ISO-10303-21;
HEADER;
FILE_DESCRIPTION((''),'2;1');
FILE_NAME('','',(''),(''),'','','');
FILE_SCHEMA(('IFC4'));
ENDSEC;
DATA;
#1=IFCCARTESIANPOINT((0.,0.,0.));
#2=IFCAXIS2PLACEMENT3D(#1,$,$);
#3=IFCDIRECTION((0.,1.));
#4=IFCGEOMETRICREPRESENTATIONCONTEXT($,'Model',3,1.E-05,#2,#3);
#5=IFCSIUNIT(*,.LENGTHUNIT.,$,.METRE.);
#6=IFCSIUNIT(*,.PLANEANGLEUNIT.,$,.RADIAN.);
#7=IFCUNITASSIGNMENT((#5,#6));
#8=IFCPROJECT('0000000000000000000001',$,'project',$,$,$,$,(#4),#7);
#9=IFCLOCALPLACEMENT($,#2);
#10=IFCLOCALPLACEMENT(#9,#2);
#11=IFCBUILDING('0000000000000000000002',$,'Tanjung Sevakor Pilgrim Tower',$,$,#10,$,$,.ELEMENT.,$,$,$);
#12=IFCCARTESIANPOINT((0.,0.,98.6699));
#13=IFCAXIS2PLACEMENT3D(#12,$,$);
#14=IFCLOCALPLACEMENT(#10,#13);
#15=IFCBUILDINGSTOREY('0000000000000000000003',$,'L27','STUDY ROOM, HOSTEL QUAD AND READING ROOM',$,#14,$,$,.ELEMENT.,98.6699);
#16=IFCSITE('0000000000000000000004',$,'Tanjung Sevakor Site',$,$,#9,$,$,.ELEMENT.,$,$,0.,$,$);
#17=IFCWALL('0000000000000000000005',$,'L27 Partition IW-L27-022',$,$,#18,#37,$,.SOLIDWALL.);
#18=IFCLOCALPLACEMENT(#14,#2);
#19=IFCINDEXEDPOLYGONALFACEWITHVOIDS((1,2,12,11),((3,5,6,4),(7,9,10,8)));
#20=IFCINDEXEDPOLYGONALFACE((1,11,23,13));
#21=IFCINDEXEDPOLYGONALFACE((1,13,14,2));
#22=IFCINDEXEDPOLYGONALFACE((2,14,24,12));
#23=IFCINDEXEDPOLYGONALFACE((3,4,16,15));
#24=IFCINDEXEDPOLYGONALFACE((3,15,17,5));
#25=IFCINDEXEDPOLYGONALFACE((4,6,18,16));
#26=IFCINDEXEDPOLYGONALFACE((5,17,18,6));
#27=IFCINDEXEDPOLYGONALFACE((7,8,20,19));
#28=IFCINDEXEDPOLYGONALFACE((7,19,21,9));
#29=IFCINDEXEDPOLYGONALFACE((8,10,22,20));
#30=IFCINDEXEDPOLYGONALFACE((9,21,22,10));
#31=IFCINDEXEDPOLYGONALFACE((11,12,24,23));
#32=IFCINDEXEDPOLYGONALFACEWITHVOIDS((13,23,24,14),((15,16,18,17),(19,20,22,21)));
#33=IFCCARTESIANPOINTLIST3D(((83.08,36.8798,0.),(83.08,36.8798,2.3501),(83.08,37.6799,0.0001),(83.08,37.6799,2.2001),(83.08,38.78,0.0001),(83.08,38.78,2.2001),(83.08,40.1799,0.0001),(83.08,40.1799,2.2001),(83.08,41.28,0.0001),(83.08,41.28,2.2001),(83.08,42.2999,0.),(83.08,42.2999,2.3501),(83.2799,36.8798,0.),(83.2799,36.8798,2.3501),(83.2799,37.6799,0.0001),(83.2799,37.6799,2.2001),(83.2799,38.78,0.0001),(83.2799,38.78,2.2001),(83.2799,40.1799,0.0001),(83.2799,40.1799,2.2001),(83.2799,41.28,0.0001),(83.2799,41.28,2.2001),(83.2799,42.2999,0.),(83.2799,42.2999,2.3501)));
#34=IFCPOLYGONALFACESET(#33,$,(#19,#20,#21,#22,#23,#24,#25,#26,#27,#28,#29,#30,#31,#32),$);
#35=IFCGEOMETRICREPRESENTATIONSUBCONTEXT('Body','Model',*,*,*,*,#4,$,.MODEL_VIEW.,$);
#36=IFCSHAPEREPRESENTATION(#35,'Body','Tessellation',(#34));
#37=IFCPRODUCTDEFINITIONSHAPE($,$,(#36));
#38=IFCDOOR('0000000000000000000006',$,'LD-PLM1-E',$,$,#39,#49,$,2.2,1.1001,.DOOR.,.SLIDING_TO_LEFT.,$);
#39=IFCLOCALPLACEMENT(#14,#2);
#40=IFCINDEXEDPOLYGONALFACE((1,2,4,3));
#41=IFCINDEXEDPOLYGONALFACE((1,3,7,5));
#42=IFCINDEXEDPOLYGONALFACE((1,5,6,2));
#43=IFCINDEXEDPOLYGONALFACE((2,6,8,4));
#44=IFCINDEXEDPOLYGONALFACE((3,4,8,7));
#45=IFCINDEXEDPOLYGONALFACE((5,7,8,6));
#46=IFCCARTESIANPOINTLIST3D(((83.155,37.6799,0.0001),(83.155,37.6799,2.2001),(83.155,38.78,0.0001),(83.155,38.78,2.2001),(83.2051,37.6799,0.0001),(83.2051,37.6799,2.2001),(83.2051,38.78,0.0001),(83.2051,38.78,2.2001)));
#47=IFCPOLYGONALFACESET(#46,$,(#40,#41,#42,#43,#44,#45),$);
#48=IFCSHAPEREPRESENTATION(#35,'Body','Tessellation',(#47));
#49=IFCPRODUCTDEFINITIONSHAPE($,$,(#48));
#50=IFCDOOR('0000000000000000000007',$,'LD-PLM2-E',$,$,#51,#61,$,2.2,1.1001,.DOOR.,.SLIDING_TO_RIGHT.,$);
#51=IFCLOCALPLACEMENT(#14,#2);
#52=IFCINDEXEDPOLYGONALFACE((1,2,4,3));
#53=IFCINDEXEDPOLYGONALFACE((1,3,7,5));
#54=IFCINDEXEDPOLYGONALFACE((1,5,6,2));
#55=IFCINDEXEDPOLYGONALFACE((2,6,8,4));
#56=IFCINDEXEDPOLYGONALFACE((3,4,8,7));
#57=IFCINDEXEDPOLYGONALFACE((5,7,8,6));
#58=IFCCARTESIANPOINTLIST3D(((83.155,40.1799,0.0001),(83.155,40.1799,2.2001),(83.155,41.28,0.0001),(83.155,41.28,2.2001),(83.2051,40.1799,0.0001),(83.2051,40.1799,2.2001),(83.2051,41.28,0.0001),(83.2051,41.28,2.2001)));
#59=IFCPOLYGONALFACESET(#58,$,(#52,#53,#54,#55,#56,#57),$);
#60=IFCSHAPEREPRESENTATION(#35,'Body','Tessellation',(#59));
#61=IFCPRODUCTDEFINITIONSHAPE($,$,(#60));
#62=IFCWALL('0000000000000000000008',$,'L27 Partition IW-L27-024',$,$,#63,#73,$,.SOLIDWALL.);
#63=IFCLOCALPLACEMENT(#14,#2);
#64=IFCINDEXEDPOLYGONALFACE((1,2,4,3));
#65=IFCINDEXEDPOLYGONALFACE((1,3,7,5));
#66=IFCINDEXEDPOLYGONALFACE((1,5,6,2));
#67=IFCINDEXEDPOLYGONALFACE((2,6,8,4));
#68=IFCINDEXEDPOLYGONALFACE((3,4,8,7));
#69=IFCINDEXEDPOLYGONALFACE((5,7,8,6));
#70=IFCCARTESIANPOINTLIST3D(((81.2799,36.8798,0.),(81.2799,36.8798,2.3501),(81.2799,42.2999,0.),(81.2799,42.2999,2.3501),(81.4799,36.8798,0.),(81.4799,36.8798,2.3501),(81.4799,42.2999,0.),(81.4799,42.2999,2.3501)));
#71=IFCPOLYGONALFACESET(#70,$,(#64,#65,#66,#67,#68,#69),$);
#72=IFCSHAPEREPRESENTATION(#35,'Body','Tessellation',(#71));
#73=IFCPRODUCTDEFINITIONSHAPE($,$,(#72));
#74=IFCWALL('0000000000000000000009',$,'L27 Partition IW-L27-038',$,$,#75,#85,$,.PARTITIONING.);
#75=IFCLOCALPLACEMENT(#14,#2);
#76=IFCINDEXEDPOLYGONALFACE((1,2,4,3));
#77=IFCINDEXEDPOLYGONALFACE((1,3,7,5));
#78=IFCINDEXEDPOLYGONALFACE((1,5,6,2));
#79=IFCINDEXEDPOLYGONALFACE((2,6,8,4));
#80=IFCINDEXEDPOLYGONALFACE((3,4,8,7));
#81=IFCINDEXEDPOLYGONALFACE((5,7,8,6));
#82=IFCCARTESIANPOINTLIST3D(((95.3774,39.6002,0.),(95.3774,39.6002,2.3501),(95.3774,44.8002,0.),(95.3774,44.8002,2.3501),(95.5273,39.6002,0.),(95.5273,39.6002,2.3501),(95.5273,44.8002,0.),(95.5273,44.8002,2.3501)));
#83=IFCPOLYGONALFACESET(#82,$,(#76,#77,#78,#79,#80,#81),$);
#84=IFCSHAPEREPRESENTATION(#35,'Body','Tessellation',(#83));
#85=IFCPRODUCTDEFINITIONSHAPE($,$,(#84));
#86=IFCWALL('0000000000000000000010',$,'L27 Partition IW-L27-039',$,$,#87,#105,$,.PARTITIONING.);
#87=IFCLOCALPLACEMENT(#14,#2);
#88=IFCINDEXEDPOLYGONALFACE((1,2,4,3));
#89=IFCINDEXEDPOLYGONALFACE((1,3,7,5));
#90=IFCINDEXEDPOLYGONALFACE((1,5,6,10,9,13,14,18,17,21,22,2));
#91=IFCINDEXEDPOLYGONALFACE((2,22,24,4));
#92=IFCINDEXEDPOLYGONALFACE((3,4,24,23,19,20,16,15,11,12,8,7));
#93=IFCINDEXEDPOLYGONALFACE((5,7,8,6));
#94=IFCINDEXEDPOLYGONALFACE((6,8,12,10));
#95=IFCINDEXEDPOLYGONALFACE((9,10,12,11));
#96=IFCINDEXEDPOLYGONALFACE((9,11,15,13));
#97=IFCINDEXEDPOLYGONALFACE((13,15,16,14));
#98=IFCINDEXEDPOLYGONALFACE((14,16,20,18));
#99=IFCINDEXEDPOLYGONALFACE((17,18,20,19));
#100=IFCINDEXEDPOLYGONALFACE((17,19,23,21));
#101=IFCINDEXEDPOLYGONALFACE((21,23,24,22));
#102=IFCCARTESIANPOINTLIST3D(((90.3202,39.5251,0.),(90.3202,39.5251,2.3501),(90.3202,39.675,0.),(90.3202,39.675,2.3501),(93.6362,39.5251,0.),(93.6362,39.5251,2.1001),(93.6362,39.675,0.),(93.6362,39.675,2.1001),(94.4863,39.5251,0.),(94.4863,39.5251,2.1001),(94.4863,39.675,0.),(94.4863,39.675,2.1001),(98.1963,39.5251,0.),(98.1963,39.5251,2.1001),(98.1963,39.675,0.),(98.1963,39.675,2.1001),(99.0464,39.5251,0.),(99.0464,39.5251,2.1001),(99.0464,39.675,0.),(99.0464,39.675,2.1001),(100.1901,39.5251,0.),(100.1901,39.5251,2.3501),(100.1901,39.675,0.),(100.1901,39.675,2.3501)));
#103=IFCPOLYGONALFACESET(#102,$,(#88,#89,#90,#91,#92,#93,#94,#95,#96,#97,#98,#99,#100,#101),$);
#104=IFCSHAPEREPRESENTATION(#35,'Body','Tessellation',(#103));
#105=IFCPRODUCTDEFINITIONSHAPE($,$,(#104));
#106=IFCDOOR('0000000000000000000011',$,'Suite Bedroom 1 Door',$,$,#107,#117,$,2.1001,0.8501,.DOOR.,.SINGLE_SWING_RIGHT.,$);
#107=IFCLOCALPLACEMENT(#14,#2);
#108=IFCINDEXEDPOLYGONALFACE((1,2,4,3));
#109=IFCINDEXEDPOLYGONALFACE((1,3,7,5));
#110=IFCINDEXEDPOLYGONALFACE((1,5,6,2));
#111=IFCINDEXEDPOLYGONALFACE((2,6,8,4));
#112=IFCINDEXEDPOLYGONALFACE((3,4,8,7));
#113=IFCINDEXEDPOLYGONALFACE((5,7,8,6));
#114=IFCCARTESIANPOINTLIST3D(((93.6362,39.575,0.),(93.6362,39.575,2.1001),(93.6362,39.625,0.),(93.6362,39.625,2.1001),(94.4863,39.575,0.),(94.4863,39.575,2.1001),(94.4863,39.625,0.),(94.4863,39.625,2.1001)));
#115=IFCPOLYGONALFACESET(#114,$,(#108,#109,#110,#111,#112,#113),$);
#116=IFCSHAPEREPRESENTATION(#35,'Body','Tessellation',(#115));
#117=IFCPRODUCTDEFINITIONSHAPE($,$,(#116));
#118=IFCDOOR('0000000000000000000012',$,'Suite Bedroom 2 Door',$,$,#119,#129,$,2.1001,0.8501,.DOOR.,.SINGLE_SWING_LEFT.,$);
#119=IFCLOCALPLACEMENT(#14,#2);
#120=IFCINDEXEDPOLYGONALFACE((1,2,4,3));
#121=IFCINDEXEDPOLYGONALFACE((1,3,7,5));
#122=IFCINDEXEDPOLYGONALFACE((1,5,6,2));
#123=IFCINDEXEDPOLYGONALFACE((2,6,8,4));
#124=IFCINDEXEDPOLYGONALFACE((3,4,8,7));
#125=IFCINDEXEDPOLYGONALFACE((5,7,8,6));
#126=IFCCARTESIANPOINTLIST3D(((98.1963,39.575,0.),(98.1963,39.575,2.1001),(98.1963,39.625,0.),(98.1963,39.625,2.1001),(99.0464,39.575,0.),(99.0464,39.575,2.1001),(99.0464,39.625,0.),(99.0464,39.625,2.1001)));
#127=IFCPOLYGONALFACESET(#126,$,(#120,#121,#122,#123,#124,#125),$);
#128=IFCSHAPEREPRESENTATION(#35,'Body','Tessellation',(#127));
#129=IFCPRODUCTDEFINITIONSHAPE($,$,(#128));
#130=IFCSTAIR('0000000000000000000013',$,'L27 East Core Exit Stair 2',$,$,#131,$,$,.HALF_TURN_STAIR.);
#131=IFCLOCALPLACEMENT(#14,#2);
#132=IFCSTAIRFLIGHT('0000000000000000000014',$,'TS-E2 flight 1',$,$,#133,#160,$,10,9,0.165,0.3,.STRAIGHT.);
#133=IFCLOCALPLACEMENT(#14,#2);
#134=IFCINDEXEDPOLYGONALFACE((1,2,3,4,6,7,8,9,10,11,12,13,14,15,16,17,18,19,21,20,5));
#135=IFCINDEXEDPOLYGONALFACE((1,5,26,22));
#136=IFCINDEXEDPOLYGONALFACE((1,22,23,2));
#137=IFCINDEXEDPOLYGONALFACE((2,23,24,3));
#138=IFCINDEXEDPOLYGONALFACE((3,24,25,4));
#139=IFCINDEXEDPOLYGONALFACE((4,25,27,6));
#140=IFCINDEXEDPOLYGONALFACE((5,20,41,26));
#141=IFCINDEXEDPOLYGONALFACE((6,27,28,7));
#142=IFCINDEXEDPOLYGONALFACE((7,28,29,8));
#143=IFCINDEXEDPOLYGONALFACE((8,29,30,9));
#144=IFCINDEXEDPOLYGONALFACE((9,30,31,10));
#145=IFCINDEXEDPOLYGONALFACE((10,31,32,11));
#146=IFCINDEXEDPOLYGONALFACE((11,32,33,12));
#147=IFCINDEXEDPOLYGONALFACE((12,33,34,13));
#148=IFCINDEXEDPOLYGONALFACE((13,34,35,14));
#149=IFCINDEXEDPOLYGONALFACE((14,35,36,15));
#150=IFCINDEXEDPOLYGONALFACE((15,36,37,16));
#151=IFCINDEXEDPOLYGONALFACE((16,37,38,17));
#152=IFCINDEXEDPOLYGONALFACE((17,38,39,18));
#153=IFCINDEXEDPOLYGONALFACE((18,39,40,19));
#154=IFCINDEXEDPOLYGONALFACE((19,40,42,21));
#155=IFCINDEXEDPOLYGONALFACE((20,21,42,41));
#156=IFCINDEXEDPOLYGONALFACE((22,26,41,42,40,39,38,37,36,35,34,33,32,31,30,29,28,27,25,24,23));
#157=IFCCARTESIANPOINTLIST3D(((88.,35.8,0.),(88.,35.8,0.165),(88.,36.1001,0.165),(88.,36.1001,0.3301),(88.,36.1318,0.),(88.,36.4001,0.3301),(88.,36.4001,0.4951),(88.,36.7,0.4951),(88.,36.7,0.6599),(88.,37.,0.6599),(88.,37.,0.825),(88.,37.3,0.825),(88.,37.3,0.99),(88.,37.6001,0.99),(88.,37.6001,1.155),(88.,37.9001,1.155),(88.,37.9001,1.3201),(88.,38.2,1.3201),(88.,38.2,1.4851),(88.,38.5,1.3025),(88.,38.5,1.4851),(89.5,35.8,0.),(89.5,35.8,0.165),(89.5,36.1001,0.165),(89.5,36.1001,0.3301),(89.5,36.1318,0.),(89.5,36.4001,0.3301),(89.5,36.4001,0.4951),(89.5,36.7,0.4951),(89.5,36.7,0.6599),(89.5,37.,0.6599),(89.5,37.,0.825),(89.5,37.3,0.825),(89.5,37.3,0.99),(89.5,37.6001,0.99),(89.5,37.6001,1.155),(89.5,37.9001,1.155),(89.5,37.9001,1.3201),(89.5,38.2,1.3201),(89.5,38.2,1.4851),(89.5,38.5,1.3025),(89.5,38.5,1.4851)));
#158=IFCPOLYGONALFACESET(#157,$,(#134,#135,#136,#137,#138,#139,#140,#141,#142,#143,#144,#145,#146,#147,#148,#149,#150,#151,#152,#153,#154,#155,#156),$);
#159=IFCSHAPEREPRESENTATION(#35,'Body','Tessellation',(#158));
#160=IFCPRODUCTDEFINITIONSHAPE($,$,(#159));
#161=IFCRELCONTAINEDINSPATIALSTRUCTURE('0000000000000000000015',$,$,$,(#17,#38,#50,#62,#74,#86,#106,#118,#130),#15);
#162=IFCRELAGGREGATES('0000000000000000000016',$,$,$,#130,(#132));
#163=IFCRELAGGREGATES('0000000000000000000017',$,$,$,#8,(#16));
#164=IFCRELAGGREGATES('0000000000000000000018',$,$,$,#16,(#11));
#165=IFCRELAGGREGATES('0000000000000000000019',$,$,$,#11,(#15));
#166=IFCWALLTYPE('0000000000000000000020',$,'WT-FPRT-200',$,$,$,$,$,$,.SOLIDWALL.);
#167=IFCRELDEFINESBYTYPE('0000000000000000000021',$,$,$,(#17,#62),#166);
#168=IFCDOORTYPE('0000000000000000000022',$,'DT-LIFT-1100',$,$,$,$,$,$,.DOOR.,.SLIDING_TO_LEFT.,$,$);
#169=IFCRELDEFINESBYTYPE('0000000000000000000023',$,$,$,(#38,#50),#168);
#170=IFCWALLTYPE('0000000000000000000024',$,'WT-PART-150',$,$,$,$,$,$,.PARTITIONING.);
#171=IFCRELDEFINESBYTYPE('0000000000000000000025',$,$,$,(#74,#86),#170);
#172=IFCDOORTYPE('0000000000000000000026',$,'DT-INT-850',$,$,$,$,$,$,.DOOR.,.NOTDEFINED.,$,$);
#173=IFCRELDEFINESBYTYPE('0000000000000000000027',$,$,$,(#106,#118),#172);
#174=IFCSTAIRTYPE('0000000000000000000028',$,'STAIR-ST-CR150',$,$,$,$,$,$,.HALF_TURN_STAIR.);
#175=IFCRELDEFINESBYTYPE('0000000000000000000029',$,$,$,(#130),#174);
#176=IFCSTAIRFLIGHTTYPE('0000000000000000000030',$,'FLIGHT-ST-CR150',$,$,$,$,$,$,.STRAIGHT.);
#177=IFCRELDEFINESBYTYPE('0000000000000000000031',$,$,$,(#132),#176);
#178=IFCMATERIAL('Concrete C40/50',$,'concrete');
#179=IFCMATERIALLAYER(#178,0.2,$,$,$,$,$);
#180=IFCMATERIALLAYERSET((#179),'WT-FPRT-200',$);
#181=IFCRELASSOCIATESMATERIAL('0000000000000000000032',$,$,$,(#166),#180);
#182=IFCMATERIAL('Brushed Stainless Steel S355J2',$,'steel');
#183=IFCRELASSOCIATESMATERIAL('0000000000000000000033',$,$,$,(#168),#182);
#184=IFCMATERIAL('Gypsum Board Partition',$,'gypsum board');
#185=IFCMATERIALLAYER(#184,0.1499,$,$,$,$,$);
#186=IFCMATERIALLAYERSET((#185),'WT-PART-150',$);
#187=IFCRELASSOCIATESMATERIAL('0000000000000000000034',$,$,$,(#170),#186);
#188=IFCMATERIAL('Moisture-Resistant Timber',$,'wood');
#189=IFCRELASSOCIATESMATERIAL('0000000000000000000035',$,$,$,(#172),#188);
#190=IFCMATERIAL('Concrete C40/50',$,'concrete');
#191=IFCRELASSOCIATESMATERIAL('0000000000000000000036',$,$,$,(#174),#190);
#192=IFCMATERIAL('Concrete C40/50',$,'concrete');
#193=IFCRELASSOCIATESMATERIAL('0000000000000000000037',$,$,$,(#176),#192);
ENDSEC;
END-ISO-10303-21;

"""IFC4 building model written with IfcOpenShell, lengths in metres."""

from ifc_helpers import new_model, si_unit, direction, frame, frame_2d, origin, place, context, subcontext, project, spatial, polyline, rectangle, outline, extrude, material, layer, layer_set, type_object, element, fill, aggregate, save


model = new_model("IFC4")

# Units and contexts
model_context = context("Model", 3, precision=1e-05, world=origin(), true_north=direction((0.0, 1.0)))
body_context = subcontext(model_context, "Body", "Model", "MODEL_VIEW")
ifc_project = project(units=[si_unit("LENGTHUNIT", "METRE"), si_unit("PLANEANGLEUNIT", "RADIAN")], contexts=[model_context])

# Site, building, storey
site_placement = place(None, origin())
site = spatial("IfcSite", under=ifc_project, at=site_placement, Name="Tanjung Sevakor Site", CompositionType="ELEMENT", RefElevation=0.0)
building_placement = place(site_placement, origin())
building = spatial("IfcBuilding", under=site, at=building_placement, Name="Tanjung Sevakor Pilgrim Tower", CompositionType="ELEMENT")
storey_placement = place(building_placement, frame((0.0, 0.0, 98.6699)))
storey = spatial("IfcBuildingStorey", under=building, at=storey_placement, Name="L27", Description="STUDY ROOM, HOSTEL QUAD AND READING ROOM", CompositionType="ELEMENT", Elevation=98.6699)

# Shared definitions
ifc_material_1 = material(Name="Concrete C40/50", Category="concrete")
ifc_layer_1 = layer(ifc_material_1, 0.2)
ifc_layer_set_1 = layer_set([ifc_layer_1], Name="WT-FPRT-200")
wall_type_1 = type_object("IfcWallType", Name="WT-FPRT-200", PredefinedType="SOLIDWALL", material=ifc_layer_set_1)

# Wall, openings, doors
wall_1_placement = place(storey_placement, frame((83.1799, 36.8799, 0.0), z_axis=(0.0, 0.0, 1.0), x_axis=(0.0, 1.0, 0.0)))
wall_1 = element("IfcWall", 1, at=wall_1_placement, inside=storey, type_object=wall_type_1, Name="L27 Partition IW-L27-022", PredefinedType="SOLIDWALL", context=body_context, shape_type="SweptSolid", body=[
    extrude(rectangle(XDim=5.4202, YDim=0.2, at=frame_2d((2.71, 0.0))), origin(), (0.0, 0.0, 1.0), 2.3501),
])
opening_1_placement = place(wall_1_placement, frame((0.8, 0.0, 0.0)))
opening_1 = element("IfcOpeningElement", 2, at=opening_1_placement, cuts=wall_1, PredefinedType="OPENING", context=body_context, shape_type="SweptSolid", body=[
    extrude(rectangle(XDim=1.1001, YDim=2.2, at=frame_2d((0.55, 1.1001))), frame((0.0, 0.1099, 0.0), z_axis=(0.0, -1.0, 0.0), x_axis=(1.0, 0.0, 0.0)), (0.0, 0.0, 1.0), 0.22),
])
opening_2_placement = place(wall_1_placement, frame((3.3, 0.0, 0.0)))
opening_2 = element("IfcOpeningElement", 3, at=opening_2_placement, cuts=wall_1, PredefinedType="OPENING", context=body_context, shape_type="SweptSolid", body=[
    extrude(rectangle(XDim=1.1001, YDim=2.2, at=frame_2d((0.55, 1.1001))), frame((0.0, 0.1099, 0.0), z_axis=(0.0, -1.0, 0.0), x_axis=(1.0, 0.0, 0.0)), (0.0, 0.0, 1.0), 0.22),
])
ifc_material_2 = material(Name="Brushed Stainless Steel S355J2", Category="steel")
door_type_1 = type_object("IfcDoorType", Name="DT-LIFT-1100", OperationType="SLIDING_TO_LEFT", PredefinedType="DOOR", material=ifc_material_2)
door_1_placement = place(opening_1_placement, origin())
door_1 = element("IfcDoor", 4, at=door_1_placement, inside=storey, type_object=door_type_1, Name="LD-PLM1-E", OperationType="SLIDING_TO_LEFT", OverallHeight=2.2, OverallWidth=1.1001, PredefinedType="DOOR", context=body_context, shape_type="SweptSolid", body=[
    extrude(rectangle(XDim=1.1001, YDim=2.2, at=frame_2d((0.55, 1.1001))), frame((0.0, 0.0249, 0.0), z_axis=(0.0, -1.0, 0.0), x_axis=(1.0, 0.0, 0.0)), (0.0, 0.0, 1.0), 0.05),
])
fill(opening_1, door_1)
door_2_placement = place(opening_2_placement, origin())
door_2 = element("IfcDoor", 5, at=door_2_placement, inside=storey, type_object=door_type_1, Name="LD-PLM2-E", OperationType="SLIDING_TO_RIGHT", OverallHeight=2.2, OverallWidth=1.1001, PredefinedType="DOOR", context=body_context, shape_type="SweptSolid", body=[
    extrude(rectangle(XDim=1.1001, YDim=2.2, at=frame_2d((0.55, 1.1001))), frame((0.0, 0.0249, 0.0), z_axis=(0.0, -1.0, 0.0), x_axis=(1.0, 0.0, 0.0)), (0.0, 0.0, 1.0), 0.05),
])
fill(opening_2, door_2)

# Walls
wall_2_placement = place(storey_placement, frame((81.3799, 36.8799, 0.0), z_axis=(0.0, 0.0, 1.0), x_axis=(0.0, 1.0, 0.0)))
element("IfcWall", 6, at=wall_2_placement, inside=storey, type_object=wall_type_1, Name="L27 Partition IW-L27-024", PredefinedType="SOLIDWALL", context=body_context, shape_type="SweptSolid", body=[
    extrude(rectangle(XDim=5.4202, YDim=0.2, at=frame_2d((2.71, 0.0))), origin(), (0.0, 0.0, 1.0), 2.3501),
])
ifc_material_3 = material(Name="Gypsum Board Partition", Category="gypsum board")
ifc_layer_2 = layer(ifc_material_3, 0.1499)
ifc_layer_set_2 = layer_set([ifc_layer_2], Name="WT-PART-150")
wall_type_2 = type_object("IfcWallType", Name="WT-PART-150", PredefinedType="PARTITIONING", material=ifc_layer_set_2)
wall_3_placement = place(storey_placement, frame((95.4524, 39.6001, 0.0), z_axis=(0.0, 0.0, 1.0), x_axis=(0.0, 1.0, 0.0)))
element("IfcWall", 7, at=wall_3_placement, inside=storey, type_object=wall_type_2, Name="L27 Partition IW-L27-038", PredefinedType="PARTITIONING", context=body_context, shape_type="SweptSolid", body=[
    extrude(rectangle(XDim=5.2, YDim=0.1499, at=frame_2d((2.6001, 0.0))), origin(), (0.0, 0.0, 1.0), 2.3501),
])

# Wall, openings, doors
wall_4_placement = place(storey_placement, frame((90.3201, 39.6001, 0.0), z_axis=(0.0, 0.0, 1.0), x_axis=(1.0, 0.0, 0.0)))
wall_4 = element("IfcWall", 8, at=wall_4_placement, inside=storey, type_object=wall_type_2, Name="L27 Partition IW-L27-039", PredefinedType="PARTITIONING", context=body_context, shape_type="SweptSolid", body=[
    extrude(rectangle(XDim=9.8699, YDim=0.1499, at=frame_2d((4.9351, 0.0))), origin(), (0.0, 0.0, 1.0), 2.3501),
])
opening_3_placement = place(wall_4_placement, frame((3.3162, 0.0, 0.0)))
opening_3 = element("IfcOpeningElement", 9, at=opening_3_placement, cuts=wall_4, PredefinedType="OPENING", context=body_context, shape_type="SweptSolid", body=[
    extrude(rectangle(XDim=0.8501, YDim=2.1001, at=frame_2d((0.425, 1.05))), frame((0.0, 0.085, 0.0), z_axis=(0.0, -1.0, 0.0), x_axis=(1.0, 0.0, 0.0)), (0.0, 0.0, 1.0), 0.1699),
])
opening_4_placement = place(wall_4_placement, frame((7.8762, 0.0, 0.0)))
opening_4 = element("IfcOpeningElement", 10, at=opening_4_placement, cuts=wall_4, PredefinedType="OPENING", context=body_context, shape_type="SweptSolid", body=[
    extrude(rectangle(XDim=0.8501, YDim=2.1001, at=frame_2d((0.425, 1.05))), frame((0.0, 0.085, 0.0), z_axis=(0.0, -1.0, 0.0), x_axis=(1.0, 0.0, 0.0)), (0.0, 0.0, 1.0), 0.1699),
])
ifc_material_4 = material(Name="Moisture-Resistant Timber", Category="wood")
door_type_2 = type_object("IfcDoorType", Name="DT-INT-850", OperationType="NOTDEFINED", PredefinedType="DOOR", material=ifc_material_4)
door_3_placement = place(opening_3_placement, origin())
door_3 = element("IfcDoor", 11, at=door_3_placement, inside=storey, type_object=door_type_2, Name="Suite Bedroom 1 Door", OperationType="SINGLE_SWING_RIGHT", OverallHeight=2.1001, OverallWidth=0.8501, PredefinedType="DOOR", context=body_context, shape_type="SweptSolid", body=[
    extrude(rectangle(XDim=0.8501, YDim=2.1001, at=frame_2d((0.425, 1.05))), frame((0.0, 0.0249, 0.0), z_axis=(0.0, -1.0, 0.0), x_axis=(1.0, 0.0, 0.0)), (0.0, 0.0, 1.0), 0.05),
])
fill(opening_3, door_3)
door_4_placement = place(opening_4_placement, origin())
door_4 = element("IfcDoor", 12, at=door_4_placement, inside=storey, type_object=door_type_2, Name="Suite Bedroom 2 Door", OperationType="SINGLE_SWING_LEFT", OverallHeight=2.1001, OverallWidth=0.8501, PredefinedType="DOOR", context=body_context, shape_type="SweptSolid", body=[
    extrude(rectangle(XDim=0.8501, YDim=2.1001, at=frame_2d((0.425, 1.05))), frame((0.0, 0.0249, 0.0), z_axis=(0.0, -1.0, 0.0), x_axis=(1.0, 0.0, 0.0)), (0.0, 0.0, 1.0), 0.05),
])
fill(opening_4, door_4)

# Stair, stair flight
ifc_material_5 = material(Name="Concrete C40/50", Category="concrete")
stair_type = type_object("IfcStairType", Name="STAIR-ST-CR150", PredefinedType="HALF_TURN_STAIR", material=ifc_material_5)
stair_placement = place(storey_placement, origin())
stair = element("IfcStair", 13, at=stair_placement, inside=storey, type_object=stair_type, Name="L27 East Core Exit Stair 2", PredefinedType="HALF_TURN_STAIR")
ifc_material_6 = material(Name="Concrete C40/50", Category="concrete")
stair_flight_type = type_object("IfcStairFlightType", Name="FLIGHT-ST-CR150", PredefinedType="STRAIGHT", material=ifc_material_6)
stair_flight_1_placement = place(storey_placement, frame((88.75, 35.8, 0.0), z_axis=(0.0, 0.0, 1.0), x_axis=(0.0, 1.0, 0.0)))
stair_flight_1 = element("IfcStairFlight", 14, at=stair_flight_1_placement, type_object=stair_flight_type, Name="TS-E2 flight 1", NumberOfRisers=10, NumberOfTreads=9, PredefinedType="STRAIGHT", RiserHeight=0.165, TreadLength=0.3, context=body_context, shape_type="SweptSolid", body=[
    extrude(outline(polyline([(0.0, 0.0), (0.0, 0.165), (0.3, 0.165), (0.3, 0.3301), (0.6001, 0.3301), (0.6001, 0.4951), (0.8999, 0.4951), (0.8999, 0.6599), (1.2, 0.6599), (1.2, 0.825), (1.5, 0.825), (1.5, 0.99), (1.8, 0.99), (1.8, 1.155), (2.1001, 1.155), (2.1001, 1.3201), (2.3999, 1.3201), (2.3999, 1.4851), (2.7, 1.4851), (2.7, 1.6499), (2.7, 1.3025), (0.3318, 0.0), (0.0, 0.0)])), frame((0.0, 0.75, 0.0), z_axis=(0.0, -1.0, 0.0), x_axis=(1.0, 0.0, 0.0)), (0.0, 0.0, 1.0), 1.5),
])
aggregate(stair, [stair_flight_1])

save(model, "model.ifc")
